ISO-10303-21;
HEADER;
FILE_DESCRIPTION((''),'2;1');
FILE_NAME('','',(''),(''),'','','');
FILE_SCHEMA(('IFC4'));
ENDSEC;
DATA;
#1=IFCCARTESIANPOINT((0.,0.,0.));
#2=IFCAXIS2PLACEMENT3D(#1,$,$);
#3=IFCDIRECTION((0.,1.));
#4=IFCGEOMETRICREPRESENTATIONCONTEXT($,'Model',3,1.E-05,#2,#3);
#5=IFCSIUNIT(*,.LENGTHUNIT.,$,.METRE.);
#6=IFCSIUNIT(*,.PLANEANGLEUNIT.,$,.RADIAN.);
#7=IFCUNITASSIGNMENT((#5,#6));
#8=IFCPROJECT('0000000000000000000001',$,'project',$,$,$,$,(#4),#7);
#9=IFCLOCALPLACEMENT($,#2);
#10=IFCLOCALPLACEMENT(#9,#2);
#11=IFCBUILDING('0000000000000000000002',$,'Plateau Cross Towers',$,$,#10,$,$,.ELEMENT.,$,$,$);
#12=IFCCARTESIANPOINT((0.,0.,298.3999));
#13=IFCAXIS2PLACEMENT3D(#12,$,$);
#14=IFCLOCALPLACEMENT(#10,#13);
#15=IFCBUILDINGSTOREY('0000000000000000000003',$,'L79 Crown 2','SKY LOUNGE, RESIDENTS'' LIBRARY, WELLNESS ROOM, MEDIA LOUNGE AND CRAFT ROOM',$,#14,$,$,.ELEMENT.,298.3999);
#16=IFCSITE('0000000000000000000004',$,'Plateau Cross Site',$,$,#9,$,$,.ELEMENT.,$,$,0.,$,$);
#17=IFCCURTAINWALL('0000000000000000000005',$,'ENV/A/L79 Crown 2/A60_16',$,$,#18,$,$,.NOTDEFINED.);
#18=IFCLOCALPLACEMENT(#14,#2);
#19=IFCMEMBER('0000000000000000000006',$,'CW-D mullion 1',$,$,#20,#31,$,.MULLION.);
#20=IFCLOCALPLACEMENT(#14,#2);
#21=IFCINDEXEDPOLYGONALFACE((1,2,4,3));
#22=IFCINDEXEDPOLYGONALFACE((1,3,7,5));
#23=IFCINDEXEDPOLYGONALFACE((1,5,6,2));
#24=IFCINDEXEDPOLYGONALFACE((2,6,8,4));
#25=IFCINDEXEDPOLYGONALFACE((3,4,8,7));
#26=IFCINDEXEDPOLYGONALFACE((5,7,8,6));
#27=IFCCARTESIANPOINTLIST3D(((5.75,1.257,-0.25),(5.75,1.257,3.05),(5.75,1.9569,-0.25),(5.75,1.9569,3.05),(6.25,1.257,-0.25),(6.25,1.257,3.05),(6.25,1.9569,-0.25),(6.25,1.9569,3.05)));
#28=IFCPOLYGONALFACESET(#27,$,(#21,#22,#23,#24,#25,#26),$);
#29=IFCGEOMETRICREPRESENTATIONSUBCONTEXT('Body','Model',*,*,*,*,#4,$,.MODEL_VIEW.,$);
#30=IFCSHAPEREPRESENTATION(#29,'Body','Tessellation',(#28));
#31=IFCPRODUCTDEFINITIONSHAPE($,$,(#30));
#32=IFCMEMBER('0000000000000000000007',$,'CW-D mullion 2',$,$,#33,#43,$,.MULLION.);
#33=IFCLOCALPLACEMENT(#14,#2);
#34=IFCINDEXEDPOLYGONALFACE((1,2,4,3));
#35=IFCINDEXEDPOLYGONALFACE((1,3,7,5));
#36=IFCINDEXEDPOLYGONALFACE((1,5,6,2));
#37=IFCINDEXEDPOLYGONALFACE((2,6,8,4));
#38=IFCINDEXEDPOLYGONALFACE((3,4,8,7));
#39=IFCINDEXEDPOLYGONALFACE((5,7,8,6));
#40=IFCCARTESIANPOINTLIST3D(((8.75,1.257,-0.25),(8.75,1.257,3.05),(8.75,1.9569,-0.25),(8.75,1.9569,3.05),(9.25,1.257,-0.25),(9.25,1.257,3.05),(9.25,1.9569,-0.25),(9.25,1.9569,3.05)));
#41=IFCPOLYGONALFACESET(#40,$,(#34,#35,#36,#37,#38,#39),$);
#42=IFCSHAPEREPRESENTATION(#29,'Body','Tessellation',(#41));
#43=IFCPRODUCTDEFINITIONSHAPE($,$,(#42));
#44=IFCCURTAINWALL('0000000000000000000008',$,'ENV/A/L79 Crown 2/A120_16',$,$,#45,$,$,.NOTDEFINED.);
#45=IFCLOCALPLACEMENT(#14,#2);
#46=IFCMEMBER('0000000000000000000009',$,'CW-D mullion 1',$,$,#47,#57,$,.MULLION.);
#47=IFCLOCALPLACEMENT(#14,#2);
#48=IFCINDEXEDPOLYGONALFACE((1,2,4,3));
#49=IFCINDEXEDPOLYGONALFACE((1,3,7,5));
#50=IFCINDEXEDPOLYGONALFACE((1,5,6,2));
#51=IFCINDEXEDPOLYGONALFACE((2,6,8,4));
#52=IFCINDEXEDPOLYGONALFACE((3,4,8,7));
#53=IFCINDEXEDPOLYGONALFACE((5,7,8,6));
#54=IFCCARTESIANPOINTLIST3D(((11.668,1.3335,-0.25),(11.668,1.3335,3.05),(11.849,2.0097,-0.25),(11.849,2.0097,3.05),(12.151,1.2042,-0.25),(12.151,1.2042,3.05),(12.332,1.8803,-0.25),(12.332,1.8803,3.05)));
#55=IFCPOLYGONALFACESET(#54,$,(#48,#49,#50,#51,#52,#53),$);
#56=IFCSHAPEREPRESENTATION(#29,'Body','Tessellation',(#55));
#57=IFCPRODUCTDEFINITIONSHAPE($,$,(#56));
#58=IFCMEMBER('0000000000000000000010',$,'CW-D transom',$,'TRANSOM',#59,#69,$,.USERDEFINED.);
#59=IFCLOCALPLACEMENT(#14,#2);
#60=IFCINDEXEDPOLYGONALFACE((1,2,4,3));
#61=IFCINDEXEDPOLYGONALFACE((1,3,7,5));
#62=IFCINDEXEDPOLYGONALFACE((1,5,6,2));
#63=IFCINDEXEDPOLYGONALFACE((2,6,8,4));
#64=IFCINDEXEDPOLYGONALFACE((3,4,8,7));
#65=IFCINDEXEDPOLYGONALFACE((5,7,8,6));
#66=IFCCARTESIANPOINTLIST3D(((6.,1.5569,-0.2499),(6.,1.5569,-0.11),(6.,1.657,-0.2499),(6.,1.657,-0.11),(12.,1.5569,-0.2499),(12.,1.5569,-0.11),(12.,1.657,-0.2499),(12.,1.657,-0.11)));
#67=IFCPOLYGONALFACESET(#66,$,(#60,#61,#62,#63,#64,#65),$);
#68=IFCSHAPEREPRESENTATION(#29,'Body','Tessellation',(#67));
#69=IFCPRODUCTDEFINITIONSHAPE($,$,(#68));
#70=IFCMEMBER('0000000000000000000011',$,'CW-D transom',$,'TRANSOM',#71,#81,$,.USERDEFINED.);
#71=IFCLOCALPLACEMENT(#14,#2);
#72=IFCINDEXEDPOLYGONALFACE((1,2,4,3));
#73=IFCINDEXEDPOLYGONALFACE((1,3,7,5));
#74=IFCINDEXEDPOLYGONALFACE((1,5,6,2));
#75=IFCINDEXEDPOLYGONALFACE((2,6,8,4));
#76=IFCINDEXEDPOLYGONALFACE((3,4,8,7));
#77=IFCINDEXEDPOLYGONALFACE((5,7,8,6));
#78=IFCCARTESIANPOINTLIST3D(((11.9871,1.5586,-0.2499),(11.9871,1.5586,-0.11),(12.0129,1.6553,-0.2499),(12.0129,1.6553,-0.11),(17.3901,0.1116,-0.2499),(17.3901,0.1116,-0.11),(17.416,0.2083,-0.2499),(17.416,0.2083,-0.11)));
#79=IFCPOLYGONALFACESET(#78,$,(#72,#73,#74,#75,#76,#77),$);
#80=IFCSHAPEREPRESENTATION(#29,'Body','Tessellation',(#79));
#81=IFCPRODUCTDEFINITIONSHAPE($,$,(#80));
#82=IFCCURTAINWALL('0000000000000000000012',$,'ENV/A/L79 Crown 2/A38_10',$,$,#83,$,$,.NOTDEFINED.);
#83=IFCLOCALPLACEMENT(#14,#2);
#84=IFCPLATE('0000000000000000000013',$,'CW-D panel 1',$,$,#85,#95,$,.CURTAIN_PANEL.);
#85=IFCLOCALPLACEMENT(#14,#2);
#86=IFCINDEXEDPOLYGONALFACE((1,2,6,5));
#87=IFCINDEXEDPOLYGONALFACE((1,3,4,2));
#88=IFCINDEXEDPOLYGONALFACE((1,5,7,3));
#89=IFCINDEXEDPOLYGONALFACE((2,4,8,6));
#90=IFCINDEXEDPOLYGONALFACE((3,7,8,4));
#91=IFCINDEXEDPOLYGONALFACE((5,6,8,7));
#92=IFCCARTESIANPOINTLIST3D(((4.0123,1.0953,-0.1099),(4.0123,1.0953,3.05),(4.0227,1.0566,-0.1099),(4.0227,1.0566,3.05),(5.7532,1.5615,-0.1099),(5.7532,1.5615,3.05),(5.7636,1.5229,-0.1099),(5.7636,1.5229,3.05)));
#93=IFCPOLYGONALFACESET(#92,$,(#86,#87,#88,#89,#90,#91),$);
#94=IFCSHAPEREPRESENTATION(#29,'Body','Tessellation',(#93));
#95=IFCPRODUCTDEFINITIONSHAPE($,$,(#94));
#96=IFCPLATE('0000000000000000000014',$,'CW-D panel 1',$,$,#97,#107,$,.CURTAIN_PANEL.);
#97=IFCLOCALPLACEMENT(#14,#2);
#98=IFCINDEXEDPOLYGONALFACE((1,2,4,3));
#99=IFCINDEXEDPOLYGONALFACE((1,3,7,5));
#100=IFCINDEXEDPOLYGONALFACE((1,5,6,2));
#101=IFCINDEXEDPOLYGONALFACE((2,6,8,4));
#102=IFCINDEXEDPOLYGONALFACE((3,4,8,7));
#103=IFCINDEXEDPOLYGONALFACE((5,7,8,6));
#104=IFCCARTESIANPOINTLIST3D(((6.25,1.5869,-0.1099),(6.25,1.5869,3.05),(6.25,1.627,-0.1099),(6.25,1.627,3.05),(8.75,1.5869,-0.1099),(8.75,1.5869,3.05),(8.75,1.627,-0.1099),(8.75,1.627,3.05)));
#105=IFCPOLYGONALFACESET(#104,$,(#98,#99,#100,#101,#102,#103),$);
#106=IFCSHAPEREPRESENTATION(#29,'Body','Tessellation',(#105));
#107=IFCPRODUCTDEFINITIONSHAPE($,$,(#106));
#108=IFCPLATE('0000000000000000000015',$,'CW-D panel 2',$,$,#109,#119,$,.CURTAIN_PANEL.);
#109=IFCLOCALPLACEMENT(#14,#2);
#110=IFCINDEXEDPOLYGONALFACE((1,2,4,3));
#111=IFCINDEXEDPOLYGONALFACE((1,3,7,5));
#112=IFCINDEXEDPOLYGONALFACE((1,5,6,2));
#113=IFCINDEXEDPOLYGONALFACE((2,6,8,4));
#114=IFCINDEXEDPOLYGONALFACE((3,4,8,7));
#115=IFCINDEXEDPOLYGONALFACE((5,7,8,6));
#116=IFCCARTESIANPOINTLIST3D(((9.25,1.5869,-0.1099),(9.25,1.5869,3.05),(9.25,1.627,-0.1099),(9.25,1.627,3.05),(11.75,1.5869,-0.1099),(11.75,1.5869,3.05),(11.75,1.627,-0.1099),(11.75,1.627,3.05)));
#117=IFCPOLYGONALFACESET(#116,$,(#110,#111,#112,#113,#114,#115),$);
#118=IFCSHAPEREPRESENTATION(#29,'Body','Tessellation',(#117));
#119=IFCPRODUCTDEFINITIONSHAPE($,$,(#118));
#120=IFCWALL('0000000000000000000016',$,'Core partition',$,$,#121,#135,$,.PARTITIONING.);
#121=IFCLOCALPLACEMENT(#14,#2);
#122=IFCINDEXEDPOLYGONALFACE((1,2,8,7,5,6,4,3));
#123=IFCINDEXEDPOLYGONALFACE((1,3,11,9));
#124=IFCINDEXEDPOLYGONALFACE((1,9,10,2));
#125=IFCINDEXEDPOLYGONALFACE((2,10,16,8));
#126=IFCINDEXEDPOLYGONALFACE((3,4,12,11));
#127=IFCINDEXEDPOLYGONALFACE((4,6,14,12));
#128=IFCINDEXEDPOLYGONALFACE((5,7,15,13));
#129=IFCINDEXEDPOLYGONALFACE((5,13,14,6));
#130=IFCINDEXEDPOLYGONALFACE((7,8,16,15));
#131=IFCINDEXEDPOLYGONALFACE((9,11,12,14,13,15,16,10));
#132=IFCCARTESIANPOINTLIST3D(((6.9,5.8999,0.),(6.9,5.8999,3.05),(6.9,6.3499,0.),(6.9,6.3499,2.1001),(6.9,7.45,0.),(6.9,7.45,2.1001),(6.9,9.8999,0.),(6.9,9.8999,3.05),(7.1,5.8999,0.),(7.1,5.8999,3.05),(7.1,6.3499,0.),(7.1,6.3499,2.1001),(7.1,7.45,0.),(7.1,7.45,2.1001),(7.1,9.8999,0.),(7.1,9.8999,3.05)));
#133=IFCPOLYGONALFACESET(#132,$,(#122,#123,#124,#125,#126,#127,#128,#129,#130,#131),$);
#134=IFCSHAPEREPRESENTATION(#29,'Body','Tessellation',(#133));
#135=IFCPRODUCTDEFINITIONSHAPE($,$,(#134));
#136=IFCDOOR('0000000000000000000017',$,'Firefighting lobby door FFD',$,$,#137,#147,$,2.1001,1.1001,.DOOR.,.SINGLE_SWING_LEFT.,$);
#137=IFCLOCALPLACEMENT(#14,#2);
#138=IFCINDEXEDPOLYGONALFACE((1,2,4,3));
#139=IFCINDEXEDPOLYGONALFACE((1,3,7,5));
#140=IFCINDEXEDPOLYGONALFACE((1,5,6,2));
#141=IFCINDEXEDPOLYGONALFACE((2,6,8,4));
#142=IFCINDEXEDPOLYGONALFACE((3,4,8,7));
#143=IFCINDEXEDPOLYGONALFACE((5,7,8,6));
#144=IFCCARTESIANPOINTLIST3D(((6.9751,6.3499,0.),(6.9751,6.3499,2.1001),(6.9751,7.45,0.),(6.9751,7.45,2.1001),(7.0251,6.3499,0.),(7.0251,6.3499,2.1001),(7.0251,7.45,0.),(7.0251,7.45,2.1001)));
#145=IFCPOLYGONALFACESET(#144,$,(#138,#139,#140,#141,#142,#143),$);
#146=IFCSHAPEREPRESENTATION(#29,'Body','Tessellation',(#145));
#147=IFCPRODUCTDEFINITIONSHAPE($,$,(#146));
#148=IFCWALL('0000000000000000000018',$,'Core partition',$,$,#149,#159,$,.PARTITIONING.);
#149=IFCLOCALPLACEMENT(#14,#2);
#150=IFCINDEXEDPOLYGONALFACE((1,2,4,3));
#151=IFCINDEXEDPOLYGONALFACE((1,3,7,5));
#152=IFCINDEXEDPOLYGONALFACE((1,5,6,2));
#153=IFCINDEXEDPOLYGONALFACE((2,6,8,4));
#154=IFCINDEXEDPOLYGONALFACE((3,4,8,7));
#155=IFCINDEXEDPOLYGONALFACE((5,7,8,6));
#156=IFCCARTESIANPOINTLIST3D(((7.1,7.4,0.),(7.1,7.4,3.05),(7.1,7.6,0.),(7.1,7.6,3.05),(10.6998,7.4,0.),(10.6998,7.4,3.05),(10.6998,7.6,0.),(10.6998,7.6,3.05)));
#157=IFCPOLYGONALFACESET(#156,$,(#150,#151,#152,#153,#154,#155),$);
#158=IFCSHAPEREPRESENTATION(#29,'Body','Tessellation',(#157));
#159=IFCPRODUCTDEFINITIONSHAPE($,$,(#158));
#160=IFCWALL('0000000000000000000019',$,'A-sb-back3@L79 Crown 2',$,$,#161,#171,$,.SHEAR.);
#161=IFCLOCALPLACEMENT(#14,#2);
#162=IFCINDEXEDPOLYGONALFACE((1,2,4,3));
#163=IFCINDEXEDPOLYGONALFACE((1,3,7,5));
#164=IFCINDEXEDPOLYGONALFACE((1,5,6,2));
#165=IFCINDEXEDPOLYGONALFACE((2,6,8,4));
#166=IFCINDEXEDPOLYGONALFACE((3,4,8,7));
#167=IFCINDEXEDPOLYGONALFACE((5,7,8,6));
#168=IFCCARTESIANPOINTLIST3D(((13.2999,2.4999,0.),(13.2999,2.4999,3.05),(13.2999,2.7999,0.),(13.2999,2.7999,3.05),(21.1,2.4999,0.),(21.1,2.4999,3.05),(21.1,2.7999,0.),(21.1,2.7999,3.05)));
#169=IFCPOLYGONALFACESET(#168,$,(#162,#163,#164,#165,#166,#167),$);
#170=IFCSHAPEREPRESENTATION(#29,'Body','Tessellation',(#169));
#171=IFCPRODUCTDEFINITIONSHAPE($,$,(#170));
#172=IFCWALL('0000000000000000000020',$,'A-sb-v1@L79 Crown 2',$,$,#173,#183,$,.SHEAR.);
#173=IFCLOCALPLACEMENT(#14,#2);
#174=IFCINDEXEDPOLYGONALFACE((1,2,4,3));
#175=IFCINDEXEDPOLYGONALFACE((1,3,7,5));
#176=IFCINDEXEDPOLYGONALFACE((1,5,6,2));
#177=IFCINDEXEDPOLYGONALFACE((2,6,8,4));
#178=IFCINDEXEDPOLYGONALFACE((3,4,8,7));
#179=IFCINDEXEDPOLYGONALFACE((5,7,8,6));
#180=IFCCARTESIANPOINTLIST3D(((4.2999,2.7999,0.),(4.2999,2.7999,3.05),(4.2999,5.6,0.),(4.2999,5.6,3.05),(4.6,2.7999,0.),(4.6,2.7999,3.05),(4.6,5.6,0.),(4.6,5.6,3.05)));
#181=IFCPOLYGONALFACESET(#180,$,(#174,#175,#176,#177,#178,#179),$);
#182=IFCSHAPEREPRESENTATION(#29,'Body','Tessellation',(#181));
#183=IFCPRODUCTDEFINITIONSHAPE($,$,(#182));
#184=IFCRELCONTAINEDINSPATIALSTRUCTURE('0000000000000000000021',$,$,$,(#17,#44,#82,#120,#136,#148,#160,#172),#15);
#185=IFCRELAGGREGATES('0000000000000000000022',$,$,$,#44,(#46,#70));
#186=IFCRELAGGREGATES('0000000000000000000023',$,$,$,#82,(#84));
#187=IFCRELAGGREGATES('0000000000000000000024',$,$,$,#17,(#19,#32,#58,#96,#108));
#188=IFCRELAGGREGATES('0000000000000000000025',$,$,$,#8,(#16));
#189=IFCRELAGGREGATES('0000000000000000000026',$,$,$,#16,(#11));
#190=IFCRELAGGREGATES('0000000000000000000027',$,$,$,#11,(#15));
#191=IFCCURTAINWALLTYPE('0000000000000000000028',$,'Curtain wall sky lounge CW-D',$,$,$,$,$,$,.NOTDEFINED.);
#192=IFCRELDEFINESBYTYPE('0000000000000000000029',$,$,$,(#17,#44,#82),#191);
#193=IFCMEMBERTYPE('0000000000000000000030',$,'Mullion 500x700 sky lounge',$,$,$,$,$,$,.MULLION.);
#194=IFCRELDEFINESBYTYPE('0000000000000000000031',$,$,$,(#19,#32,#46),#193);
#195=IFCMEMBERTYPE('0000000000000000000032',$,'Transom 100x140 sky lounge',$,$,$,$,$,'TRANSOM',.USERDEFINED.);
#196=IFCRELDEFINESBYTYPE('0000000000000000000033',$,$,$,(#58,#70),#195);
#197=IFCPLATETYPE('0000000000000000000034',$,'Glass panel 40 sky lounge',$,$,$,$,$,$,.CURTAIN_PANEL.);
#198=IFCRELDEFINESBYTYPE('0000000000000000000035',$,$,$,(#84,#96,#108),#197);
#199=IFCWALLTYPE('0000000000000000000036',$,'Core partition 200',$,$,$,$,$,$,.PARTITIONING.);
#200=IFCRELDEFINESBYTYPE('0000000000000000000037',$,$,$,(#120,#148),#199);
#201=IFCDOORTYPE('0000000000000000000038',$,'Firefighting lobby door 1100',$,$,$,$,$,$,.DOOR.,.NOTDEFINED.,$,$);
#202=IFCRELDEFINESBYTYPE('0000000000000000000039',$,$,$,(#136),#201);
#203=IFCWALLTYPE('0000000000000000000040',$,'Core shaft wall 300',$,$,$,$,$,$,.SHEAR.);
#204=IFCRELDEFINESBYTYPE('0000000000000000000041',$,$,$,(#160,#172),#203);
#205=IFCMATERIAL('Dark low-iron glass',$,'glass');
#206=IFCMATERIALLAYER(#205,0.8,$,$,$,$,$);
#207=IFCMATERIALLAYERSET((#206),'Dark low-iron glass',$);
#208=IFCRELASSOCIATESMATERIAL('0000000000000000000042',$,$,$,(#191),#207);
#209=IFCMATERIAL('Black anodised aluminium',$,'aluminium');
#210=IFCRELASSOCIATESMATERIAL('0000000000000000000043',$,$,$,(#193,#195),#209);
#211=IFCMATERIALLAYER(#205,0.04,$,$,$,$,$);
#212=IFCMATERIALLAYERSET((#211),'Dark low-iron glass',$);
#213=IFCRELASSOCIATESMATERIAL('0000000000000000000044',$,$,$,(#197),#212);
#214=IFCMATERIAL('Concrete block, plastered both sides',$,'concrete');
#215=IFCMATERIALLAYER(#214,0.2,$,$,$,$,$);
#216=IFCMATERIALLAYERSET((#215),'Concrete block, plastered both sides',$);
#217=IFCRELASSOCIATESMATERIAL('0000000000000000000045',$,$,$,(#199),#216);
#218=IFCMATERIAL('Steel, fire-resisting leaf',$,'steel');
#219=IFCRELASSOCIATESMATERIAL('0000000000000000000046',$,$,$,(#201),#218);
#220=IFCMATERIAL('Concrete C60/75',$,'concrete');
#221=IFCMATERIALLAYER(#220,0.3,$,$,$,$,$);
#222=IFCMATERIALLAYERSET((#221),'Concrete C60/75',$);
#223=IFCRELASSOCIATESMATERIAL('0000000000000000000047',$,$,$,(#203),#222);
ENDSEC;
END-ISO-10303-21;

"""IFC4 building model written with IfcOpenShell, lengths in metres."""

from ifc_helpers import new_model, si_unit, direction, frame, frame_2d, origin, origin_2d, place, context, subcontext, project, spatial, rectangle, extrude, material, layer, layer_set, material_profile, profile_set, type_object, element, fill, aggregate, save


model = new_model("IFC4")

# Units and contexts
model_context = context("Model", 3, precision=1e-05, world=origin(), true_north=direction((0.0, 1.0)))
body_context = subcontext(model_context, "Body", "Model", "MODEL_VIEW")
ifc_project = project(units=[si_unit("LENGTHUNIT", "METRE"), si_unit("PLANEANGLEUNIT", "RADIAN")], contexts=[model_context])

# Site, building, storey
site_placement = place(None, origin())
site = spatial("IfcSite", under=ifc_project, at=site_placement, Name="Plateau Cross Site", CompositionType="ELEMENT", RefElevation=0.0)
building_placement = place(site_placement, origin())
building = spatial("IfcBuilding", under=site, at=building_placement, Name="Plateau Cross Towers", CompositionType="ELEMENT")
storey_placement = place(building_placement, frame((0.0, 0.0, 298.3999)))
storey = spatial("IfcBuildingStorey", under=building, at=storey_placement, Name="L79 Crown 2", Description="SKY LOUNGE, RESIDENTS' LIBRARY, WELLNESS ROOM, MEDIA LOUNGE AND CRAFT ROOM", CompositionType="ELEMENT", Elevation=298.3999)

# Curtain wall, members
ifc_material_1 = material(Name="Dark low-iron glass", Category="glass")
ifc_layer_1 = layer(ifc_material_1, 0.8)
ifc_layer_set_1 = layer_set([ifc_layer_1], Name="Dark low-iron glass")
curtain_wall_type = type_object("IfcCurtainWallType", Name="Curtain wall sky lounge CW-D", PredefinedType="NOTDEFINED", material=ifc_layer_set_1)
curtain_wall_1_placement = place(storey_placement, origin())
curtain_wall_1 = element("IfcCurtainWall", 1, at=curtain_wall_1_placement, inside=storey, type_object=curtain_wall_type, Name="ENV/A/L79 Crown 2/A60_16", PredefinedType="NOTDEFINED")
ifc_material_2 = material(Name="Black anodised aluminium", Category="aluminium")
ifc_material_profile_1 = material_profile(ifc_material_2, rectangle(XDim=0.5, YDim=0.7, at=origin_2d()), Name="MULLION 500x700")
ifc_profile_set_1 = profile_set([ifc_material_profile_1], Name="Black anodised aluminium")
member_type_1 = type_object("IfcMemberType", Name="Mullion 500x700 sky lounge", PredefinedType="MULLION", material=ifc_profile_set_1)
member_1_placement = place(storey_placement, frame((6.0, 1.6069, -0.25), z_axis=(0.0, 0.0, 1.0), x_axis=(1.0, 0.0, 0.0)))
member_1 = element("IfcMember", 2, at=member_1_placement, type_object=member_type_1, Name="CW-D mullion 1", PredefinedType="MULLION", context=body_context, shape_type="SweptSolid", body=[
    extrude(rectangle(XDim=0.5, YDim=0.7, at=origin_2d()), origin(), (0.0, 0.0, 1.0), 3.3),
])
member_2_placement = place(storey_placement, frame((9.0, 1.6069, -0.25), z_axis=(0.0, 0.0, 1.0), x_axis=(1.0, 0.0, 0.0)))
member_2 = element("IfcMember", 3, at=member_2_placement, type_object=member_type_1, Name="CW-D mullion 2", PredefinedType="MULLION", context=body_context, shape_type="SweptSolid", body=[
    extrude(rectangle(XDim=0.5, YDim=0.7, at=origin_2d()), origin(), (0.0, 0.0, 1.0), 3.3),
])

# Curtain wall, member
curtain_wall_2_placement = place(storey_placement, origin())
curtain_wall_2 = element("IfcCurtainWall", 4, at=curtain_wall_2_placement, inside=storey, type_object=curtain_wall_type, Name="ENV/A/L79 Crown 2/A120_16", PredefinedType="NOTDEFINED")
member_3_placement = place(storey_placement, frame((12.0, 1.6069, -0.25), z_axis=(0.0, 0.0, 1.0), x_axis=(0.965958, -0.258699, 0.0)))
member_3 = element("IfcMember", 5, at=member_3_placement, type_object=member_type_1, Name="CW-D mullion 1", PredefinedType="MULLION", context=body_context, shape_type="SweptSolid", body=[
    extrude(rectangle(XDim=0.5, YDim=0.7, at=origin_2d()), origin(), (0.0, 0.0, 1.0), 3.3),
])

# Members
ifc_material_profile_2 = material_profile(ifc_material_2, rectangle(XDim=0.1001, YDim=0.1399, at=origin_2d()), Name="TRANSOM 100x140")
ifc_profile_set_2 = profile_set([ifc_material_profile_2], Name="Black anodised aluminium")
member_type_2 = type_object("IfcMemberType", Name="Transom 100x140 sky lounge", ElementType="TRANSOM", PredefinedType="USERDEFINED", material=ifc_profile_set_2)
member_4_placement = place(storey_placement, frame((6.0, 1.6069, -0.1799), z_axis=(1.0, 0.0, 0.0), x_axis=(0.0, 1.0, 0.0)))
member_4 = element("IfcMember", 6, at=member_4_placement, type_object=member_type_2, Name="CW-D transom", ObjectType="TRANSOM", PredefinedType="USERDEFINED", context=body_context, shape_type="SweptSolid", body=[
    extrude(rectangle(XDim=0.1001, YDim=0.1399, at=origin_2d()), origin(), (0.0, 0.0, 1.0), 6.0),
])
member_5_placement = place(storey_placement, frame((12.0, 1.6069, -0.1799), z_axis=(0.965958, -0.258698, 0.0), x_axis=(0.258698, 0.965958, 0.0)))
member_5 = element("IfcMember", 7, at=member_5_placement, type_object=member_type_2, Name="CW-D transom", ObjectType="TRANSOM", PredefinedType="USERDEFINED", context=body_context, shape_type="SweptSolid", body=[
    extrude(rectangle(XDim=0.1001, YDim=0.1399, at=origin_2d()), origin(), (0.0, 0.0, 1.0), 5.5935),
])
aggregate(curtain_wall_2, [member_3, member_5])

# Curtain wall, plate
curtain_wall_3_placement = place(storey_placement, origin())
curtain_wall_3 = element("IfcCurtainWall", 8, at=curtain_wall_3_placement, inside=storey, type_object=curtain_wall_type, Name="ENV/A/L79 Crown 2/A38_10", PredefinedType="NOTDEFINED")
ifc_layer_2 = layer(ifc_material_1, 0.04)
ifc_layer_set_2 = layer_set([ifc_layer_2], Name="Dark low-iron glass")
plate_type = type_object("IfcPlateType", Name="Glass panel 40 sky lounge", PredefinedType="CURTAIN_PANEL", material=ifc_layer_set_2)
plate_1_placement = place(storey_placement, frame((4.8879, 1.3091, -0.1099), z_axis=(0.0, 0.0, 1.0), x_axis=(0.965958, 0.258699, 0.0)))
plate_1 = element("IfcPlate", 9, at=plate_1_placement, type_object=plate_type, Name="CW-D panel 1", PredefinedType="CURTAIN_PANEL", context=body_context, shape_type="SweptSolid", body=[
    extrude(rectangle(XDim=1.8022, YDim=0.04, at=origin_2d()), origin(), (0.0, 0.0, 1.0), 3.1599),
])
aggregate(curtain_wall_3, [plate_1])

# Plates
plate_2_placement = place(storey_placement, frame((7.5, 1.6069, -0.1099), z_axis=(0.0, 0.0, 1.0), x_axis=(1.0, 0.0, 0.0)))
plate_2 = element("IfcPlate", 10, at=plate_2_placement, type_object=plate_type, Name="CW-D panel 1", PredefinedType="CURTAIN_PANEL", context=body_context, shape_type="SweptSolid", body=[
    extrude(rectangle(XDim=2.5, YDim=0.04, at=origin_2d()), origin(), (0.0, 0.0, 1.0), 3.1599),
])
plate_3_placement = place(storey_placement, frame((10.5, 1.6069, -0.1099), z_axis=(0.0, 0.0, 1.0), x_axis=(1.0, 0.0, 0.0)))
plate_3 = element("IfcPlate", 11, at=plate_3_placement, type_object=plate_type, Name="CW-D panel 2", PredefinedType="CURTAIN_PANEL", context=body_context, shape_type="SweptSolid", body=[
    extrude(rectangle(XDim=2.5, YDim=0.04, at=origin_2d()), origin(), (0.0, 0.0, 1.0), 3.1599),
])
aggregate(curtain_wall_1, [member_1, member_2, member_4, plate_2, plate_3])

# Wall, opening, door
ifc_material_3 = material(Name="Concrete block, plastered both sides", Category="concrete")
ifc_layer_3 = layer(ifc_material_3, 0.2)
ifc_layer_set_3 = layer_set([ifc_layer_3], Name="Concrete block, plastered both sides")
wall_type_1 = type_object("IfcWallType", Name="Core partition 200", PredefinedType="PARTITIONING", material=ifc_layer_set_3)
wall_1_placement = place(storey_placement, frame((7.0, 5.8999, 0.0), z_axis=(0.0, 0.0, 1.0), x_axis=(0.0, 1.0, 0.0)))
wall_1 = element("IfcWall", 12, at=wall_1_placement, inside=storey, type_object=wall_type_1, Name="Core partition", PredefinedType="PARTITIONING", context=body_context, shape_type="SweptSolid", body=[
    extrude(rectangle(XDim=4.0, YDim=0.2, at=frame_2d((2.0, 0.0))), origin(), (0.0, 0.0, 1.0), 3.05),
])
opening_placement = place(wall_1_placement, frame((0.45, 0.0, 0.0)))
opening = element("IfcOpeningElement", 13, at=opening_placement, cuts=wall_1, PredefinedType="OPENING", context=body_context, shape_type="SweptSolid", body=[
    extrude(rectangle(XDim=1.1001, YDim=2.1001, at=frame_2d((0.55, 1.05))), frame((0.0, 0.1099, 0.0), z_axis=(0.0, -1.0, 0.0), x_axis=(1.0, 0.0, 0.0)), (0.0, 0.0, 1.0), 0.22),
])
ifc_material_4 = material(Name="Steel, fire-resisting leaf", Category="steel")
door_type = type_object("IfcDoorType", Name="Firefighting lobby door 1100", OperationType="NOTDEFINED", PredefinedType="DOOR", material=ifc_material_4)
door_placement = place(opening_placement, origin())
door = element("IfcDoor", 14, at=door_placement, inside=storey, type_object=door_type, Name="Firefighting lobby door FFD", OperationType="SINGLE_SWING_LEFT", OverallHeight=2.1001, OverallWidth=1.1001, PredefinedType="DOOR", context=body_context, shape_type="SweptSolid", body=[
    extrude(rectangle(XDim=1.1001, YDim=2.1001, at=frame_2d((0.55, 1.05))), frame((0.0, 0.0249, 0.0), z_axis=(0.0, -1.0, 0.0), x_axis=(1.0, 0.0, 0.0)), (0.0, 0.0, 1.0), 0.05),
])
fill(opening, door)

# Walls
wall_2_placement = place(storey_placement, frame((7.1001, 7.5, 0.0), z_axis=(0.0, 0.0, 1.0), x_axis=(1.0, 0.0, 0.0)))
element("IfcWall", 15, at=wall_2_placement, inside=storey, type_object=wall_type_1, Name="Core partition", PredefinedType="PARTITIONING", context=body_context, shape_type="SweptSolid", body=[
    extrude(rectangle(XDim=3.5999, YDim=0.2, at=frame_2d((1.7998, 0.0))), origin(), (0.0, 0.0, 1.0), 3.05),
])
ifc_material_5 = material(Name="Concrete C60/75", Category="concrete")
ifc_layer_4 = layer(ifc_material_5, 0.3)
ifc_layer_set_4 = layer_set([ifc_layer_4], Name="Concrete C60/75")
wall_type_2 = type_object("IfcWallType", Name="Core shaft wall 300", PredefinedType="SHEAR", material=ifc_layer_set_4)
wall_3_placement = place(storey_placement, frame((13.3, 2.6499, 0.0), z_axis=(0.0, 0.0, 1.0), x_axis=(1.0, 0.0, 0.0)))
element("IfcWall", 16, at=wall_3_placement, inside=storey, type_object=wall_type_2, Name="A-sb-back3@L79 Crown 2", PredefinedType="SHEAR", context=body_context, shape_type="SweptSolid", body=[
    extrude(rectangle(XDim=7.8, YDim=0.3, at=frame_2d((3.8999, 0.0))), origin(), (0.0, 0.0, 1.0), 3.05),
])
for number, where, z_axis, x_axis, name in (
    (17, (4.45, 2.8, 0.0), (0.0, 0.0, 1.0), (0.0, 1.0, 0.0), "A-sb-v1@L79 Crown 2"),
):
    element("IfcWall", number, at=place(storey_placement, frame(where, z_axis=z_axis, x_axis=x_axis)), inside=storey, type_object=wall_type_2, Name=name, PredefinedType="SHEAR", context=body_context, shape_type="SweptSolid", body=[
        extrude(rectangle(XDim=2.8, YDim=0.3, at=frame_2d((1.3999, 0.0))), origin(), (0.0, 0.0, 1.0), 3.05),
    ])

save(model, "model.ifc")
